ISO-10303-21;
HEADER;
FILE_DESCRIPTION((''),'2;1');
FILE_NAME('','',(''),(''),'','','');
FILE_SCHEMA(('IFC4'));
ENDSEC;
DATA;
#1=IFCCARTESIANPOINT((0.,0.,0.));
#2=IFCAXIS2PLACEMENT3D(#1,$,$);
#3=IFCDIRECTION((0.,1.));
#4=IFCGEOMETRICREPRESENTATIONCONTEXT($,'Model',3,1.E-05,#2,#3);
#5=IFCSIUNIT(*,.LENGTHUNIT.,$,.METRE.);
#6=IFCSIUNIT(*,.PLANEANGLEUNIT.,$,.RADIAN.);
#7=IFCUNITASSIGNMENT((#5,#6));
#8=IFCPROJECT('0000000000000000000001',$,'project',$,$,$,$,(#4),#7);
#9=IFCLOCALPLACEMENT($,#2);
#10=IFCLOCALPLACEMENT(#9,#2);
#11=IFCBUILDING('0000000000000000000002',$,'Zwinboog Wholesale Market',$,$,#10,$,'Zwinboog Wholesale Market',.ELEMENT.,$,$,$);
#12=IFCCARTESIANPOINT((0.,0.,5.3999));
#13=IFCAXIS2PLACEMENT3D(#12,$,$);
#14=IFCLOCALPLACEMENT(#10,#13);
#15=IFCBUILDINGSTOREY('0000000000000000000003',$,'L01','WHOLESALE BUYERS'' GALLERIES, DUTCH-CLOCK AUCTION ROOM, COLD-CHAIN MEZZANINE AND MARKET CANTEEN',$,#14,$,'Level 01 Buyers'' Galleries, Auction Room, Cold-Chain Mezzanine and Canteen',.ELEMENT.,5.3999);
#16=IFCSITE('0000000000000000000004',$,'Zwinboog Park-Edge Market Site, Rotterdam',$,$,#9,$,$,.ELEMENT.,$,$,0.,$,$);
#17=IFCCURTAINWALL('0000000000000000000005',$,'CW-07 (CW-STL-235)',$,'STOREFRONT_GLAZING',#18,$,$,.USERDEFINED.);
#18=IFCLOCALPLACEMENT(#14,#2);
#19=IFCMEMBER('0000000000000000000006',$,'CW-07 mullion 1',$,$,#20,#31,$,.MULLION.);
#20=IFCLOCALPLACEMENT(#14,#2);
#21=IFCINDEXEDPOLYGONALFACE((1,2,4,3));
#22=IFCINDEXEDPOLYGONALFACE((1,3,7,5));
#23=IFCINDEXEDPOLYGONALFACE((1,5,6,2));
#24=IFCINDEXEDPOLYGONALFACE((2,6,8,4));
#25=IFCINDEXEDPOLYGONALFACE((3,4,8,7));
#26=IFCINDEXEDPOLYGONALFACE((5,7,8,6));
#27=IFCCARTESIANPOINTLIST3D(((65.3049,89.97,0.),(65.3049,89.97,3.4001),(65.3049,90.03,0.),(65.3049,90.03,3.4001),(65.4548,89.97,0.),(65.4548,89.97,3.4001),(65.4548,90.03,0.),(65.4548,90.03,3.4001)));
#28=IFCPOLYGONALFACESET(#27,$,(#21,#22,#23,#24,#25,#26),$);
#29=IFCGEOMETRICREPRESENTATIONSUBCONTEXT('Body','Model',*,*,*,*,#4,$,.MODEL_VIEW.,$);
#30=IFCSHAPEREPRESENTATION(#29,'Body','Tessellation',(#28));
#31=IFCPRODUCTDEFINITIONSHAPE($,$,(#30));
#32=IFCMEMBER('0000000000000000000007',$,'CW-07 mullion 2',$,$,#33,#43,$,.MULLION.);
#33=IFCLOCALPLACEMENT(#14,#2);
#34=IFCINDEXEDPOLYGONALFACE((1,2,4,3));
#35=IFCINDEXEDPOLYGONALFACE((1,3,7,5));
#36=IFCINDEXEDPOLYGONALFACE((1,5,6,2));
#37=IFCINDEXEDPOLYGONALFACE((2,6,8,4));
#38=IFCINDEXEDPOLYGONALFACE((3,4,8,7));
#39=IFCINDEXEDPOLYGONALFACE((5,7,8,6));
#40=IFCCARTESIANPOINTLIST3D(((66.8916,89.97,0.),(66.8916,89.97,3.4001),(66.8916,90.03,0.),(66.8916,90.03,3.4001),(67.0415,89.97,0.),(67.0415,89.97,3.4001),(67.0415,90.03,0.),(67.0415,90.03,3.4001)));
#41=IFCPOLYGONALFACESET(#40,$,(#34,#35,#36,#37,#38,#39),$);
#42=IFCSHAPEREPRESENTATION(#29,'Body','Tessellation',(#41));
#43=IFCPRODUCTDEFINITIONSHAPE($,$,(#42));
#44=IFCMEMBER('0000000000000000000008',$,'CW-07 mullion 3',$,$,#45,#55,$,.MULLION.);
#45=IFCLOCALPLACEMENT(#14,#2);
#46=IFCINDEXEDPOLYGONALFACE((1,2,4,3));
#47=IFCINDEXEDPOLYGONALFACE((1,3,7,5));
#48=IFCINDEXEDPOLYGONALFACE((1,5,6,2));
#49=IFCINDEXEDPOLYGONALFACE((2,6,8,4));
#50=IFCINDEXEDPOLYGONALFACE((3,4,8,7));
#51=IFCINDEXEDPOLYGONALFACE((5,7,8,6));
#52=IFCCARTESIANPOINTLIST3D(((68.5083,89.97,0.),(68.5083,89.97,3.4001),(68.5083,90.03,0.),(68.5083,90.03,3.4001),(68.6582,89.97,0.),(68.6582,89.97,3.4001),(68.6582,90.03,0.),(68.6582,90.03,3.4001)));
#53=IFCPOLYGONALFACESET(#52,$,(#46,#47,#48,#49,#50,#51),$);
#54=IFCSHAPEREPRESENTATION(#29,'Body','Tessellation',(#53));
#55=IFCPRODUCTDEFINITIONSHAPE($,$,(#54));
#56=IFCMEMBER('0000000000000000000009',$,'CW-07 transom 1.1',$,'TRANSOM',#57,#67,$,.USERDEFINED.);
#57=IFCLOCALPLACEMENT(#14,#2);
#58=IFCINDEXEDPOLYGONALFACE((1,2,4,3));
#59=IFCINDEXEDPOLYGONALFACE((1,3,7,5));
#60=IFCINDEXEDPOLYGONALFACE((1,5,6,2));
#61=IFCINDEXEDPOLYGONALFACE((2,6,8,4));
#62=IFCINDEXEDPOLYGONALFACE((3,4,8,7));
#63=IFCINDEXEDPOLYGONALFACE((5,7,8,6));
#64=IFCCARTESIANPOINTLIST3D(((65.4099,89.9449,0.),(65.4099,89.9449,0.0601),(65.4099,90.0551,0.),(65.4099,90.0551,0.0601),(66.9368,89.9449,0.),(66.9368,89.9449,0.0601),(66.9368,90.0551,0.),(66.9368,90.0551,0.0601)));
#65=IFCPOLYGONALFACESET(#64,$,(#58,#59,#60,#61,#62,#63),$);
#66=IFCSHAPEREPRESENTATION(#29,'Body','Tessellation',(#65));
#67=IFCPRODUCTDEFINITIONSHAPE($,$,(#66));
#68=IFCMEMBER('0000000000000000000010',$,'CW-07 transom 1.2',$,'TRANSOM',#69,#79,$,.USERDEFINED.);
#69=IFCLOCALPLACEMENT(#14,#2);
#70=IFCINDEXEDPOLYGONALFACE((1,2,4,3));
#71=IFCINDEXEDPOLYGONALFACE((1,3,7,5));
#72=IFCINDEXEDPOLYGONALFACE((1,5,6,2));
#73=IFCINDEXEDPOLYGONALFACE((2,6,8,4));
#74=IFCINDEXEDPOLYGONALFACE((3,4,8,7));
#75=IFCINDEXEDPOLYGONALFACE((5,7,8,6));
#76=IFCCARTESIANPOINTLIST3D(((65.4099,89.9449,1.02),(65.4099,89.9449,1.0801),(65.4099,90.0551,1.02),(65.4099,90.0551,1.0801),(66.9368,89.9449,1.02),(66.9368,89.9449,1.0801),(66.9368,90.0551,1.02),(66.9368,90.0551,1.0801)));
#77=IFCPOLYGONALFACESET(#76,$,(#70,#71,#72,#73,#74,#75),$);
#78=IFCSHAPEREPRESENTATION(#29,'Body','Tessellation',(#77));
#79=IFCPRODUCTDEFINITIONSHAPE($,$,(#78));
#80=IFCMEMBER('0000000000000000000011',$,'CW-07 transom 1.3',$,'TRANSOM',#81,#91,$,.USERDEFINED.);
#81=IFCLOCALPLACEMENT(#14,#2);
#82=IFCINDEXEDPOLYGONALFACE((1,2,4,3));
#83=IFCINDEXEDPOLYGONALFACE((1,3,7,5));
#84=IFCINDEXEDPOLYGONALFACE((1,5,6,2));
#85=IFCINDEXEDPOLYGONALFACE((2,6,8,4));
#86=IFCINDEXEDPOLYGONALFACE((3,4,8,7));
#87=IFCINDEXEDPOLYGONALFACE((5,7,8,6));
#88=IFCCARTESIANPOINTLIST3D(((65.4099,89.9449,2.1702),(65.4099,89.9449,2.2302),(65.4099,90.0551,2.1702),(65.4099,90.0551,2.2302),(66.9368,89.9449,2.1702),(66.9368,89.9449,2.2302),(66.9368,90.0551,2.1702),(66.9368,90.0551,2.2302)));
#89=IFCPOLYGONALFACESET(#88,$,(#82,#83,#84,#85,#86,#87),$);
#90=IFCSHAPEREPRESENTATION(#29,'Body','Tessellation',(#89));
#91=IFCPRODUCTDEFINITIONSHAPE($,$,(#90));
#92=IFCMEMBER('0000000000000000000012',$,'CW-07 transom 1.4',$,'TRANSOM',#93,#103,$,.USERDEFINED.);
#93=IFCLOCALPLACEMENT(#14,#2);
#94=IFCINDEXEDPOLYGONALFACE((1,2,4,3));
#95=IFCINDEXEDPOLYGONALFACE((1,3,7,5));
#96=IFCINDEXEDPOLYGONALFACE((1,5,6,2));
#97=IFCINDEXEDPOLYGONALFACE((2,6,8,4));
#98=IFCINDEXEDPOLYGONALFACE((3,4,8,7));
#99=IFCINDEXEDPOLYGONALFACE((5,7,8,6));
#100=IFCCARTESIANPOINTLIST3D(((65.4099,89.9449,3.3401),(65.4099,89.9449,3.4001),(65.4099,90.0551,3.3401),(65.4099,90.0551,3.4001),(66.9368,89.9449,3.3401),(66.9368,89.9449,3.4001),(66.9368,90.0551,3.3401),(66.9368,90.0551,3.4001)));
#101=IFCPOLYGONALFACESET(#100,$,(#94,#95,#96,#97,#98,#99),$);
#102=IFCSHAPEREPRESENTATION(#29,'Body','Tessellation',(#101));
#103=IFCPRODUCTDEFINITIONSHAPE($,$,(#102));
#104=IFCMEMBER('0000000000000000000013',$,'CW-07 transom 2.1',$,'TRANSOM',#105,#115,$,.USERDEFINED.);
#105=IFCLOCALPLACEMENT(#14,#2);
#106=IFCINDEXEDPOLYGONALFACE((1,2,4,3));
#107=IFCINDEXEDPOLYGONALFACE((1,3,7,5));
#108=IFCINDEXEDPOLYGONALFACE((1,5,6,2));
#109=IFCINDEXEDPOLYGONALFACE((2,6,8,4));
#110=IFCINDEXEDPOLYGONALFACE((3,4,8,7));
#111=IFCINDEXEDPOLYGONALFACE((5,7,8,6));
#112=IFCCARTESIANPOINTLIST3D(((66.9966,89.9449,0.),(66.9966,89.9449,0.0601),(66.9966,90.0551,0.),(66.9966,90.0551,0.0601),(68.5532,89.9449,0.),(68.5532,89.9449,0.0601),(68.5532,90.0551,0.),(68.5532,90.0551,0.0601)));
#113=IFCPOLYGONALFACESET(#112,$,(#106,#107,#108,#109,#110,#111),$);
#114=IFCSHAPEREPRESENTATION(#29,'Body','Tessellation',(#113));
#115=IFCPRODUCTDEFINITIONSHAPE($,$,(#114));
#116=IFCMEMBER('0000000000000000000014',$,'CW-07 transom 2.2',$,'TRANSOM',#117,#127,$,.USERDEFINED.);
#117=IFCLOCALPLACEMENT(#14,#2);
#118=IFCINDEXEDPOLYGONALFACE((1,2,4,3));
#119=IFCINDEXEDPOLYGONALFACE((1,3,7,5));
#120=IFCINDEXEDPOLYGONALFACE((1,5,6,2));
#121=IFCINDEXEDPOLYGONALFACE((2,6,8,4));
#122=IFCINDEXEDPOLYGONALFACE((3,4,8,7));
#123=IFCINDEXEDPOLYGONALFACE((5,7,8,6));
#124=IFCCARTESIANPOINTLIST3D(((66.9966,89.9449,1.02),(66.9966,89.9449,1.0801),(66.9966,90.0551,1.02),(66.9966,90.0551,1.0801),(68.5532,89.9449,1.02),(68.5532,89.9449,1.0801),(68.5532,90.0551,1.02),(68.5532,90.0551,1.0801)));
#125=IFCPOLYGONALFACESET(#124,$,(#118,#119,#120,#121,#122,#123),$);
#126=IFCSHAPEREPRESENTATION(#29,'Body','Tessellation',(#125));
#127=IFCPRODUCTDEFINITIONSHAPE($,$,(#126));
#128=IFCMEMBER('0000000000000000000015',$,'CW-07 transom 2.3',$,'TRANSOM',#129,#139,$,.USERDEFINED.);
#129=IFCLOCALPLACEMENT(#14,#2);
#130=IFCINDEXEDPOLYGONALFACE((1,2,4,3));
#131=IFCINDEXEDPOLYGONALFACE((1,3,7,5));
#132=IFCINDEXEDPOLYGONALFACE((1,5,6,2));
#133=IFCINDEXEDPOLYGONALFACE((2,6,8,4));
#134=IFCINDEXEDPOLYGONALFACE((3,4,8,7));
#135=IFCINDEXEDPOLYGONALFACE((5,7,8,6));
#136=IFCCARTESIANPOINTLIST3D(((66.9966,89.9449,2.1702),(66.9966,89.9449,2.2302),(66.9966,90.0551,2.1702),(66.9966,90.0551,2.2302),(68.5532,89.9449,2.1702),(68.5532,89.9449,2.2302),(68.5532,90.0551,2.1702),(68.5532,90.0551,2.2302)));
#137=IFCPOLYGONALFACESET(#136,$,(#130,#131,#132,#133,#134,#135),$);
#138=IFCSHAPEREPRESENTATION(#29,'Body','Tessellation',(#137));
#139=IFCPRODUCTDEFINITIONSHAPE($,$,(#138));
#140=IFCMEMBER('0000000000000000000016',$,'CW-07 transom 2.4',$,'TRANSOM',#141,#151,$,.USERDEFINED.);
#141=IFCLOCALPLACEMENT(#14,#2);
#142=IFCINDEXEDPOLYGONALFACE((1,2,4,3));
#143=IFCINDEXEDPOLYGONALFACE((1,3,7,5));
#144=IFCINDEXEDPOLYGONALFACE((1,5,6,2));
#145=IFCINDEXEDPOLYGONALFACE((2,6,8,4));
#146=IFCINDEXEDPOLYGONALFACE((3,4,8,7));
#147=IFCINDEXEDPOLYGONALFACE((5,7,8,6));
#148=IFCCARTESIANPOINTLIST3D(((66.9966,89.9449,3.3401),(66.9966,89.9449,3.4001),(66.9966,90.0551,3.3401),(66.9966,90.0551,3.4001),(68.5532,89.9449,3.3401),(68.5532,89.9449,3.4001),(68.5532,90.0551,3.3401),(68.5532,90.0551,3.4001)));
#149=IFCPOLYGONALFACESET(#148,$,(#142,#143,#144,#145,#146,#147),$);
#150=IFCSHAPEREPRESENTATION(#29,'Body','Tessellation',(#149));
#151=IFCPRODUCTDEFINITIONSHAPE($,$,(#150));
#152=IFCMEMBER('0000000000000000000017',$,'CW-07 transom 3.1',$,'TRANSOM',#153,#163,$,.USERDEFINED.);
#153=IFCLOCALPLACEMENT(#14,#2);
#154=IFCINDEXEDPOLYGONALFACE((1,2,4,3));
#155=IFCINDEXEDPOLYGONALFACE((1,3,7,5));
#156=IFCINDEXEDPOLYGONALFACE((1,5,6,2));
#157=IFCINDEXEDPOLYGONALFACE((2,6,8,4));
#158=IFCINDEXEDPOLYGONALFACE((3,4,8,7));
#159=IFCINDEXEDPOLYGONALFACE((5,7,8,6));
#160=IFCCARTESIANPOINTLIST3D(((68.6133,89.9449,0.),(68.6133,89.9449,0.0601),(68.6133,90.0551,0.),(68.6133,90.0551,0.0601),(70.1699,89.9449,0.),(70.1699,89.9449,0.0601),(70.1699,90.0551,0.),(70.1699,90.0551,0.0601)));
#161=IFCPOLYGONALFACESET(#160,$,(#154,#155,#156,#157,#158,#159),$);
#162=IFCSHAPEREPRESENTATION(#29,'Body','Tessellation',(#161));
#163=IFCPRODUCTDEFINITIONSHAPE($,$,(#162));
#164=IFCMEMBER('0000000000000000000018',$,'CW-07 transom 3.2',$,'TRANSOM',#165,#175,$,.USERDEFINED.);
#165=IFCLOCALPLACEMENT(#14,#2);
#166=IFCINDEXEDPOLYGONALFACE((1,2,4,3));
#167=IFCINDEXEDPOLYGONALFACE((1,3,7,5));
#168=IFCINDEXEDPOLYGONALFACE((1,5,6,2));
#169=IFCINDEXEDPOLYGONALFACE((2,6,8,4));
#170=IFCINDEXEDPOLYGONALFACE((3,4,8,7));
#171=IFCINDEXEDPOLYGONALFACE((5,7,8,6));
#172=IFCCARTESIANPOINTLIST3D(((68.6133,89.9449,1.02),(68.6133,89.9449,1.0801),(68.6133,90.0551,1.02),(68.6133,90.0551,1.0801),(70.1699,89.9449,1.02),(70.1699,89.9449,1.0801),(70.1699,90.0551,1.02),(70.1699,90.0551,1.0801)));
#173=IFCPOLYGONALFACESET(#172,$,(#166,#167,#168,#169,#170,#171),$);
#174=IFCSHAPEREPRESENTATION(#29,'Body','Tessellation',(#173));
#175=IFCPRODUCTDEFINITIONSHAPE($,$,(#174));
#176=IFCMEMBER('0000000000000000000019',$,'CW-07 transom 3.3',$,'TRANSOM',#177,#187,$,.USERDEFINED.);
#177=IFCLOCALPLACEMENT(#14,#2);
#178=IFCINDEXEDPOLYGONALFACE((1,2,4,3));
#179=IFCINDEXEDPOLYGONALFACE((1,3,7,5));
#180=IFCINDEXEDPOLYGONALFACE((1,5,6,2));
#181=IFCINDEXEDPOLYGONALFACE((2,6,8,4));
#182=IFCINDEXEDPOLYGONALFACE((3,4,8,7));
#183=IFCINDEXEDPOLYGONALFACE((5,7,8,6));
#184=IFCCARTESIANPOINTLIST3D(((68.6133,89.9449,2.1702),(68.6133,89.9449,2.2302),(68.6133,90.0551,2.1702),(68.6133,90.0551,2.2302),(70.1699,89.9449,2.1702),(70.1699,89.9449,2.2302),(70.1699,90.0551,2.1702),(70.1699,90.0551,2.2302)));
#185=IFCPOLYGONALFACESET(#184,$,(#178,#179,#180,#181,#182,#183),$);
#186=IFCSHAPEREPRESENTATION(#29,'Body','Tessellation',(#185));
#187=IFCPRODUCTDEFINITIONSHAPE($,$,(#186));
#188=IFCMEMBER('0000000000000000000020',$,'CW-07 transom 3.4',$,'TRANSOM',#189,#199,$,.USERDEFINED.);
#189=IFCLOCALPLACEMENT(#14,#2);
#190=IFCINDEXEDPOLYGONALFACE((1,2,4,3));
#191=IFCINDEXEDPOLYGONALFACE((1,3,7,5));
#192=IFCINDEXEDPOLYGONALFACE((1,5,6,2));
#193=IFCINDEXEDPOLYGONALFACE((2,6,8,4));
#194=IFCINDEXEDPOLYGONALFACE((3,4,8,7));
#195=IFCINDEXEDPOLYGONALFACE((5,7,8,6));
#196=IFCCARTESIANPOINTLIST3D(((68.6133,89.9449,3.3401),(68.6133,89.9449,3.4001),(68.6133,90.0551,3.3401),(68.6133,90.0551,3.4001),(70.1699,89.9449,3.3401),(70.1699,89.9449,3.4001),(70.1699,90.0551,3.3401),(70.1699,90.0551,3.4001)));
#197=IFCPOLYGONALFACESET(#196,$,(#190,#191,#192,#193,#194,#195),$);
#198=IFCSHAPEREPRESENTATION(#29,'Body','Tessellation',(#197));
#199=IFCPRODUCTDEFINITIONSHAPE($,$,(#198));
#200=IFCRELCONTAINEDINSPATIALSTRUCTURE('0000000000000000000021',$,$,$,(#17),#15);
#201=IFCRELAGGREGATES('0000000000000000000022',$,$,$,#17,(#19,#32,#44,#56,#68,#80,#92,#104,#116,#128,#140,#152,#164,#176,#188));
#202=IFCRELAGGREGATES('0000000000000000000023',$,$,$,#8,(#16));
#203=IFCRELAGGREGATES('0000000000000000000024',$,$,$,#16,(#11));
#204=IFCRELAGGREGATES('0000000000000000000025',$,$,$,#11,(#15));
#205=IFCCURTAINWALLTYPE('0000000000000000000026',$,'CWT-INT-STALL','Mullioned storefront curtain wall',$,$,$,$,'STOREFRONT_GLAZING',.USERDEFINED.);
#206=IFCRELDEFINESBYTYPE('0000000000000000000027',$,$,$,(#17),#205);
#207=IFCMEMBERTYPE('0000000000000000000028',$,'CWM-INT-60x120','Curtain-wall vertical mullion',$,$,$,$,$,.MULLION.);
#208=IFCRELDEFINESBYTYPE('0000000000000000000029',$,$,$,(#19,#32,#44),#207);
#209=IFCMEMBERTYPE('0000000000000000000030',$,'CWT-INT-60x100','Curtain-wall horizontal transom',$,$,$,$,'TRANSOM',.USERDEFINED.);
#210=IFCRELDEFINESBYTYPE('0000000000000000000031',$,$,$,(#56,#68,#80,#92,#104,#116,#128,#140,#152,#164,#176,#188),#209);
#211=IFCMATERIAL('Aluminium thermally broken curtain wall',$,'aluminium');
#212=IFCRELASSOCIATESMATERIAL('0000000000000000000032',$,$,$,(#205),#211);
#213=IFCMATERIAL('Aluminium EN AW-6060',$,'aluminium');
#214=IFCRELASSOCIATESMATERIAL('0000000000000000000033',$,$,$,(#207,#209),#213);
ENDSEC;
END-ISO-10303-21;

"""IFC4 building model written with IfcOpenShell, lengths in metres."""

from ifc_helpers import new_model, si_unit, direction, frame, origin, origin_2d, place, context, subcontext, project, spatial, rectangle, extrude, material, material_profile, profile_set, type_object, element, aggregate, save


model = new_model("IFC4")

# Units and contexts
model_context = context("Model", 3, precision=1e-05, world=origin(), true_north=direction((0.0, 1.0)))
body_context = subcontext(model_context, "Body", "Model", "MODEL_VIEW")
ifc_project = project(units=[si_unit("LENGTHUNIT", "METRE"), si_unit("PLANEANGLEUNIT", "RADIAN")], contexts=[model_context])

# Site, building, storey
site_placement = place(None, origin())
site = spatial("IfcSite", under=ifc_project, at=site_placement, Name="Zwinboog Park-Edge Market Site, Rotterdam", CompositionType="ELEMENT", RefElevation=0.0)
building_placement = place(site_placement, origin())
building = spatial("IfcBuilding", under=site, at=building_placement, Name="Zwinboog Wholesale Market", LongName="Zwinboog Wholesale Market", CompositionType="ELEMENT")
storey_placement = place(building_placement, frame((0.0, 0.0, 5.3999)))
storey = spatial("IfcBuildingStorey", under=building, at=storey_placement, Name="L01", Description="WHOLESALE BUYERS' GALLERIES, DUTCH-CLOCK AUCTION ROOM, COLD-CHAIN MEZZANINE AND MARKET CANTEEN", LongName="Level 01 Buyers' Galleries, Auction Room, Cold-Chain Mezzanine and Canteen", CompositionType="ELEMENT", Elevation=5.3999)

# Curtain wall, members
ifc_material_1 = material(Name="Aluminium thermally broken curtain wall", Category="aluminium")
curtain_wall_type = type_object("IfcCurtainWallType", Name="CWT-INT-STALL", Description="Mullioned storefront curtain wall", ElementType="STOREFRONT_GLAZING", PredefinedType="USERDEFINED", material=ifc_material_1)
curtain_wall_placement = place(storey_placement, origin())
curtain_wall = element("IfcCurtainWall", 1, at=curtain_wall_placement, inside=storey, type_object=curtain_wall_type, Name="CW-07 (CW-STL-235)", ObjectType="STOREFRONT_GLAZING", PredefinedType="USERDEFINED")
ifc_material_2 = material(Name="Aluminium EN AW-6060", Category="aluminium")
ifc_material_profile_1 = material_profile(ifc_material_2, rectangle(XDim=0.0601, YDim=0.1499, at=origin_2d()), Name="AL 60x150")
ifc_profile_set_1 = profile_set([ifc_material_profile_1], Name="Aluminium EN AW-6060")
member_type_1 = type_object("IfcMemberType", Name="CWM-INT-60x120", Description="Curtain-wall vertical mullion", PredefinedType="MULLION", material=ifc_profile_set_1)
member_1_placement = place(storey_placement, frame((65.3799, 90.0, 0.0), z_axis=(0.0, 0.0, 1.0), x_axis=(0.0, 1.0, 0.0)))
member_1 = element("IfcMember", 2, at=member_1_placement, type_object=member_type_1, Name="CW-07 mullion 1", PredefinedType="MULLION", context=body_context, shape_type="SweptSolid", body=[
    extrude(rectangle(XDim=0.0601, YDim=0.1499, at=origin_2d()), origin(), (0.0, 0.0, 1.0), 3.4001),
])
member_2_placement = place(storey_placement, frame((66.9666, 90.0, 0.0), z_axis=(0.0, 0.0, 1.0), x_axis=(0.0, 1.0, 0.0)))
member_2 = element("IfcMember", 3, at=member_2_placement, type_object=member_type_1, Name="CW-07 mullion 2", PredefinedType="MULLION", context=body_context, shape_type="SweptSolid", body=[
    extrude(rectangle(XDim=0.0601, YDim=0.1499, at=origin_2d()), origin(), (0.0, 0.0, 1.0), 3.4001),
])
member_3_placement = place(storey_placement, frame((68.5833, 90.0, 0.0), z_axis=(0.0, 0.0, 1.0), x_axis=(0.0, 1.0, 0.0)))
member_3 = element("IfcMember", 4, at=member_3_placement, type_object=member_type_1, Name="CW-07 mullion 3", PredefinedType="MULLION", context=body_context, shape_type="SweptSolid", body=[
    extrude(rectangle(XDim=0.0601, YDim=0.1499, at=origin_2d()), origin(), (0.0, 0.0, 1.0), 3.4001),
])
ifc_material_profile_2 = material_profile(ifc_material_2, rectangle(XDim=0.1101, YDim=0.0601, at=origin_2d()), Name="AL 60x110")
ifc_profile_set_2 = profile_set([ifc_material_profile_2], Name="Aluminium EN AW-6060")
member_type_2 = type_object("IfcMemberType", Name="CWT-INT-60x100", Description="Curtain-wall horizontal transom", ElementType="TRANSOM", PredefinedType="USERDEFINED", material=ifc_profile_set_2)
member_4_placement = place(storey_placement, frame((65.4099, 90.0, 0.03), z_axis=(1.0, 0.0, 0.0), x_axis=(0.0, 1.0, 0.0)))
member_4 = element("IfcMember", 5, at=member_4_placement, type_object=member_type_2, Name="CW-07 transom 1.1", ObjectType="TRANSOM", PredefinedType="USERDEFINED", context=body_context, shape_type="SweptSolid", body=[
    extrude(rectangle(XDim=0.1101, YDim=0.0601, at=origin_2d()), origin(), (0.0, 0.0, 1.0), 1.5269),
])
member_5_placement = place(storey_placement, frame((65.4099, 90.0, 1.05), z_axis=(1.0, 0.0, 0.0), x_axis=(0.0, 1.0, 0.0)))
member_5 = element("IfcMember", 6, at=member_5_placement, type_object=member_type_2, Name="CW-07 transom 1.2", ObjectType="TRANSOM", PredefinedType="USERDEFINED", context=body_context, shape_type="SweptSolid", body=[
    extrude(rectangle(XDim=0.1101, YDim=0.0601, at=origin_2d()), origin(), (0.0, 0.0, 1.0), 1.5269),
])
member_6_placement = place(storey_placement, frame((65.4099, 90.0, 2.2002), z_axis=(1.0, 0.0, 0.0), x_axis=(0.0, 1.0, 0.0)))
member_6 = element("IfcMember", 7, at=member_6_placement, type_object=member_type_2, Name="CW-07 transom 1.3", ObjectType="TRANSOM", PredefinedType="USERDEFINED", context=body_context, shape_type="SweptSolid", body=[
    extrude(rectangle(XDim=0.1101, YDim=0.0601, at=origin_2d()), origin(), (0.0, 0.0, 1.0), 1.5269),
])
member_7_placement = place(storey_placement, frame((65.4099, 90.0, 3.3701), z_axis=(1.0, 0.0, 0.0), x_axis=(0.0, 1.0, 0.0)))
member_7 = element("IfcMember", 8, at=member_7_placement, type_object=member_type_2, Name="CW-07 transom 1.4", ObjectType="TRANSOM", PredefinedType="USERDEFINED", context=body_context, shape_type="SweptSolid", body=[
    extrude(rectangle(XDim=0.1101, YDim=0.0601, at=origin_2d()), origin(), (0.0, 0.0, 1.0), 1.5269),
])
member_8_placement = place(storey_placement, frame((66.9966, 90.0, 0.03), z_axis=(1.0, 0.0, 0.0), x_axis=(0.0, 1.0, 0.0)))
member_8 = element("IfcMember", 9, at=member_8_placement, type_object=member_type_2, Name="CW-07 transom 2.1", ObjectType="TRANSOM", PredefinedType="USERDEFINED", context=body_context, shape_type="SweptSolid", body=[
    extrude(rectangle(XDim=0.1101, YDim=0.0601, at=origin_2d()), origin(), (0.0, 0.0, 1.0), 1.5566),
])
member_9_placement = place(storey_placement, frame((66.9966, 90.0, 1.05), z_axis=(1.0, 0.0, 0.0), x_axis=(0.0, 1.0, 0.0)))
member_9 = element("IfcMember", 10, at=member_9_placement, type_object=member_type_2, Name="CW-07 transom 2.2", ObjectType="TRANSOM", PredefinedType="USERDEFINED", context=body_context, shape_type="SweptSolid", body=[
    extrude(rectangle(XDim=0.1101, YDim=0.0601, at=origin_2d()), origin(), (0.0, 0.0, 1.0), 1.5566),
])
member_10_placement = place(storey_placement, frame((66.9966, 90.0, 2.2002), z_axis=(1.0, 0.0, 0.0), x_axis=(0.0, 1.0, 0.0)))
member_10 = element("IfcMember", 11, at=member_10_placement, type_object=member_type_2, Name="CW-07 transom 2.3", ObjectType="TRANSOM", PredefinedType="USERDEFINED", context=body_context, shape_type="SweptSolid", body=[
    extrude(rectangle(XDim=0.1101, YDim=0.0601, at=origin_2d()), origin(), (0.0, 0.0, 1.0), 1.5566),
])
member_11_placement = place(storey_placement, frame((66.9966, 90.0, 3.3701), z_axis=(1.0, 0.0, 0.0), x_axis=(0.0, 1.0, 0.0)))
member_11 = element("IfcMember", 12, at=member_11_placement, type_object=member_type_2, Name="CW-07 transom 2.4", ObjectType="TRANSOM", PredefinedType="USERDEFINED", context=body_context, shape_type="SweptSolid", body=[
    extrude(rectangle(XDim=0.1101, YDim=0.0601, at=origin_2d()), origin(), (0.0, 0.0, 1.0), 1.5566),
])
member_12_placement = place(storey_placement, frame((68.6133, 90.0, 0.03), z_axis=(1.0, 0.0, 0.0), x_axis=(0.0, 1.0, 0.0)))
member_12 = element("IfcMember", 13, at=member_12_placement, type_object=member_type_2, Name="CW-07 transom 3.1", ObjectType="TRANSOM", PredefinedType="USERDEFINED", context=body_context, shape_type="SweptSolid", body=[
    extrude(rectangle(XDim=0.1101, YDim=0.0601, at=origin_2d()), origin(), (0.0, 0.0, 1.0), 1.5566),
])
member_13_placement = place(storey_placement, frame((68.6133, 90.0, 1.05), z_axis=(1.0, 0.0, 0.0), x_axis=(0.0, 1.0, 0.0)))
member_13 = element("IfcMember", 14, at=member_13_placement, type_object=member_type_2, Name="CW-07 transom 3.2", ObjectType="TRANSOM", PredefinedType="USERDEFINED", context=body_context, shape_type="SweptSolid", body=[
    extrude(rectangle(XDim=0.1101, YDim=0.0601, at=origin_2d()), origin(), (0.0, 0.0, 1.0), 1.5566),
])
member_14_placement = place(storey_placement, frame((68.6133, 90.0, 2.2002), z_axis=(1.0, 0.0, 0.0), x_axis=(0.0, 1.0, 0.0)))
member_14 = element("IfcMember", 15, at=member_14_placement, type_object=member_type_2, Name="CW-07 transom 3.3", ObjectType="TRANSOM", PredefinedType="USERDEFINED", context=body_context, shape_type="SweptSolid", body=[
    extrude(rectangle(XDim=0.1101, YDim=0.0601, at=origin_2d()), origin(), (0.0, 0.0, 1.0), 1.5566),
])
member_15_placement = place(storey_placement, frame((68.6133, 90.0, 3.3701), z_axis=(1.0, 0.0, 0.0), x_axis=(0.0, 1.0, 0.0)))
member_15 = element("IfcMember", 16, at=member_15_placement, type_object=member_type_2, Name="CW-07 transom 3.4", ObjectType="TRANSOM", PredefinedType="USERDEFINED", context=body_context, shape_type="SweptSolid", body=[
    extrude(rectangle(XDim=0.1101, YDim=0.0601, at=origin_2d()), origin(), (0.0, 0.0, 1.0), 1.5566),
])
aggregate(curtain_wall, [member_1, member_2, member_3, member_4, member_5, member_6, member_7, member_8, member_9, member_10, member_11, member_12, member_13, member_14, member_15])

save(model, "model.ifc")
